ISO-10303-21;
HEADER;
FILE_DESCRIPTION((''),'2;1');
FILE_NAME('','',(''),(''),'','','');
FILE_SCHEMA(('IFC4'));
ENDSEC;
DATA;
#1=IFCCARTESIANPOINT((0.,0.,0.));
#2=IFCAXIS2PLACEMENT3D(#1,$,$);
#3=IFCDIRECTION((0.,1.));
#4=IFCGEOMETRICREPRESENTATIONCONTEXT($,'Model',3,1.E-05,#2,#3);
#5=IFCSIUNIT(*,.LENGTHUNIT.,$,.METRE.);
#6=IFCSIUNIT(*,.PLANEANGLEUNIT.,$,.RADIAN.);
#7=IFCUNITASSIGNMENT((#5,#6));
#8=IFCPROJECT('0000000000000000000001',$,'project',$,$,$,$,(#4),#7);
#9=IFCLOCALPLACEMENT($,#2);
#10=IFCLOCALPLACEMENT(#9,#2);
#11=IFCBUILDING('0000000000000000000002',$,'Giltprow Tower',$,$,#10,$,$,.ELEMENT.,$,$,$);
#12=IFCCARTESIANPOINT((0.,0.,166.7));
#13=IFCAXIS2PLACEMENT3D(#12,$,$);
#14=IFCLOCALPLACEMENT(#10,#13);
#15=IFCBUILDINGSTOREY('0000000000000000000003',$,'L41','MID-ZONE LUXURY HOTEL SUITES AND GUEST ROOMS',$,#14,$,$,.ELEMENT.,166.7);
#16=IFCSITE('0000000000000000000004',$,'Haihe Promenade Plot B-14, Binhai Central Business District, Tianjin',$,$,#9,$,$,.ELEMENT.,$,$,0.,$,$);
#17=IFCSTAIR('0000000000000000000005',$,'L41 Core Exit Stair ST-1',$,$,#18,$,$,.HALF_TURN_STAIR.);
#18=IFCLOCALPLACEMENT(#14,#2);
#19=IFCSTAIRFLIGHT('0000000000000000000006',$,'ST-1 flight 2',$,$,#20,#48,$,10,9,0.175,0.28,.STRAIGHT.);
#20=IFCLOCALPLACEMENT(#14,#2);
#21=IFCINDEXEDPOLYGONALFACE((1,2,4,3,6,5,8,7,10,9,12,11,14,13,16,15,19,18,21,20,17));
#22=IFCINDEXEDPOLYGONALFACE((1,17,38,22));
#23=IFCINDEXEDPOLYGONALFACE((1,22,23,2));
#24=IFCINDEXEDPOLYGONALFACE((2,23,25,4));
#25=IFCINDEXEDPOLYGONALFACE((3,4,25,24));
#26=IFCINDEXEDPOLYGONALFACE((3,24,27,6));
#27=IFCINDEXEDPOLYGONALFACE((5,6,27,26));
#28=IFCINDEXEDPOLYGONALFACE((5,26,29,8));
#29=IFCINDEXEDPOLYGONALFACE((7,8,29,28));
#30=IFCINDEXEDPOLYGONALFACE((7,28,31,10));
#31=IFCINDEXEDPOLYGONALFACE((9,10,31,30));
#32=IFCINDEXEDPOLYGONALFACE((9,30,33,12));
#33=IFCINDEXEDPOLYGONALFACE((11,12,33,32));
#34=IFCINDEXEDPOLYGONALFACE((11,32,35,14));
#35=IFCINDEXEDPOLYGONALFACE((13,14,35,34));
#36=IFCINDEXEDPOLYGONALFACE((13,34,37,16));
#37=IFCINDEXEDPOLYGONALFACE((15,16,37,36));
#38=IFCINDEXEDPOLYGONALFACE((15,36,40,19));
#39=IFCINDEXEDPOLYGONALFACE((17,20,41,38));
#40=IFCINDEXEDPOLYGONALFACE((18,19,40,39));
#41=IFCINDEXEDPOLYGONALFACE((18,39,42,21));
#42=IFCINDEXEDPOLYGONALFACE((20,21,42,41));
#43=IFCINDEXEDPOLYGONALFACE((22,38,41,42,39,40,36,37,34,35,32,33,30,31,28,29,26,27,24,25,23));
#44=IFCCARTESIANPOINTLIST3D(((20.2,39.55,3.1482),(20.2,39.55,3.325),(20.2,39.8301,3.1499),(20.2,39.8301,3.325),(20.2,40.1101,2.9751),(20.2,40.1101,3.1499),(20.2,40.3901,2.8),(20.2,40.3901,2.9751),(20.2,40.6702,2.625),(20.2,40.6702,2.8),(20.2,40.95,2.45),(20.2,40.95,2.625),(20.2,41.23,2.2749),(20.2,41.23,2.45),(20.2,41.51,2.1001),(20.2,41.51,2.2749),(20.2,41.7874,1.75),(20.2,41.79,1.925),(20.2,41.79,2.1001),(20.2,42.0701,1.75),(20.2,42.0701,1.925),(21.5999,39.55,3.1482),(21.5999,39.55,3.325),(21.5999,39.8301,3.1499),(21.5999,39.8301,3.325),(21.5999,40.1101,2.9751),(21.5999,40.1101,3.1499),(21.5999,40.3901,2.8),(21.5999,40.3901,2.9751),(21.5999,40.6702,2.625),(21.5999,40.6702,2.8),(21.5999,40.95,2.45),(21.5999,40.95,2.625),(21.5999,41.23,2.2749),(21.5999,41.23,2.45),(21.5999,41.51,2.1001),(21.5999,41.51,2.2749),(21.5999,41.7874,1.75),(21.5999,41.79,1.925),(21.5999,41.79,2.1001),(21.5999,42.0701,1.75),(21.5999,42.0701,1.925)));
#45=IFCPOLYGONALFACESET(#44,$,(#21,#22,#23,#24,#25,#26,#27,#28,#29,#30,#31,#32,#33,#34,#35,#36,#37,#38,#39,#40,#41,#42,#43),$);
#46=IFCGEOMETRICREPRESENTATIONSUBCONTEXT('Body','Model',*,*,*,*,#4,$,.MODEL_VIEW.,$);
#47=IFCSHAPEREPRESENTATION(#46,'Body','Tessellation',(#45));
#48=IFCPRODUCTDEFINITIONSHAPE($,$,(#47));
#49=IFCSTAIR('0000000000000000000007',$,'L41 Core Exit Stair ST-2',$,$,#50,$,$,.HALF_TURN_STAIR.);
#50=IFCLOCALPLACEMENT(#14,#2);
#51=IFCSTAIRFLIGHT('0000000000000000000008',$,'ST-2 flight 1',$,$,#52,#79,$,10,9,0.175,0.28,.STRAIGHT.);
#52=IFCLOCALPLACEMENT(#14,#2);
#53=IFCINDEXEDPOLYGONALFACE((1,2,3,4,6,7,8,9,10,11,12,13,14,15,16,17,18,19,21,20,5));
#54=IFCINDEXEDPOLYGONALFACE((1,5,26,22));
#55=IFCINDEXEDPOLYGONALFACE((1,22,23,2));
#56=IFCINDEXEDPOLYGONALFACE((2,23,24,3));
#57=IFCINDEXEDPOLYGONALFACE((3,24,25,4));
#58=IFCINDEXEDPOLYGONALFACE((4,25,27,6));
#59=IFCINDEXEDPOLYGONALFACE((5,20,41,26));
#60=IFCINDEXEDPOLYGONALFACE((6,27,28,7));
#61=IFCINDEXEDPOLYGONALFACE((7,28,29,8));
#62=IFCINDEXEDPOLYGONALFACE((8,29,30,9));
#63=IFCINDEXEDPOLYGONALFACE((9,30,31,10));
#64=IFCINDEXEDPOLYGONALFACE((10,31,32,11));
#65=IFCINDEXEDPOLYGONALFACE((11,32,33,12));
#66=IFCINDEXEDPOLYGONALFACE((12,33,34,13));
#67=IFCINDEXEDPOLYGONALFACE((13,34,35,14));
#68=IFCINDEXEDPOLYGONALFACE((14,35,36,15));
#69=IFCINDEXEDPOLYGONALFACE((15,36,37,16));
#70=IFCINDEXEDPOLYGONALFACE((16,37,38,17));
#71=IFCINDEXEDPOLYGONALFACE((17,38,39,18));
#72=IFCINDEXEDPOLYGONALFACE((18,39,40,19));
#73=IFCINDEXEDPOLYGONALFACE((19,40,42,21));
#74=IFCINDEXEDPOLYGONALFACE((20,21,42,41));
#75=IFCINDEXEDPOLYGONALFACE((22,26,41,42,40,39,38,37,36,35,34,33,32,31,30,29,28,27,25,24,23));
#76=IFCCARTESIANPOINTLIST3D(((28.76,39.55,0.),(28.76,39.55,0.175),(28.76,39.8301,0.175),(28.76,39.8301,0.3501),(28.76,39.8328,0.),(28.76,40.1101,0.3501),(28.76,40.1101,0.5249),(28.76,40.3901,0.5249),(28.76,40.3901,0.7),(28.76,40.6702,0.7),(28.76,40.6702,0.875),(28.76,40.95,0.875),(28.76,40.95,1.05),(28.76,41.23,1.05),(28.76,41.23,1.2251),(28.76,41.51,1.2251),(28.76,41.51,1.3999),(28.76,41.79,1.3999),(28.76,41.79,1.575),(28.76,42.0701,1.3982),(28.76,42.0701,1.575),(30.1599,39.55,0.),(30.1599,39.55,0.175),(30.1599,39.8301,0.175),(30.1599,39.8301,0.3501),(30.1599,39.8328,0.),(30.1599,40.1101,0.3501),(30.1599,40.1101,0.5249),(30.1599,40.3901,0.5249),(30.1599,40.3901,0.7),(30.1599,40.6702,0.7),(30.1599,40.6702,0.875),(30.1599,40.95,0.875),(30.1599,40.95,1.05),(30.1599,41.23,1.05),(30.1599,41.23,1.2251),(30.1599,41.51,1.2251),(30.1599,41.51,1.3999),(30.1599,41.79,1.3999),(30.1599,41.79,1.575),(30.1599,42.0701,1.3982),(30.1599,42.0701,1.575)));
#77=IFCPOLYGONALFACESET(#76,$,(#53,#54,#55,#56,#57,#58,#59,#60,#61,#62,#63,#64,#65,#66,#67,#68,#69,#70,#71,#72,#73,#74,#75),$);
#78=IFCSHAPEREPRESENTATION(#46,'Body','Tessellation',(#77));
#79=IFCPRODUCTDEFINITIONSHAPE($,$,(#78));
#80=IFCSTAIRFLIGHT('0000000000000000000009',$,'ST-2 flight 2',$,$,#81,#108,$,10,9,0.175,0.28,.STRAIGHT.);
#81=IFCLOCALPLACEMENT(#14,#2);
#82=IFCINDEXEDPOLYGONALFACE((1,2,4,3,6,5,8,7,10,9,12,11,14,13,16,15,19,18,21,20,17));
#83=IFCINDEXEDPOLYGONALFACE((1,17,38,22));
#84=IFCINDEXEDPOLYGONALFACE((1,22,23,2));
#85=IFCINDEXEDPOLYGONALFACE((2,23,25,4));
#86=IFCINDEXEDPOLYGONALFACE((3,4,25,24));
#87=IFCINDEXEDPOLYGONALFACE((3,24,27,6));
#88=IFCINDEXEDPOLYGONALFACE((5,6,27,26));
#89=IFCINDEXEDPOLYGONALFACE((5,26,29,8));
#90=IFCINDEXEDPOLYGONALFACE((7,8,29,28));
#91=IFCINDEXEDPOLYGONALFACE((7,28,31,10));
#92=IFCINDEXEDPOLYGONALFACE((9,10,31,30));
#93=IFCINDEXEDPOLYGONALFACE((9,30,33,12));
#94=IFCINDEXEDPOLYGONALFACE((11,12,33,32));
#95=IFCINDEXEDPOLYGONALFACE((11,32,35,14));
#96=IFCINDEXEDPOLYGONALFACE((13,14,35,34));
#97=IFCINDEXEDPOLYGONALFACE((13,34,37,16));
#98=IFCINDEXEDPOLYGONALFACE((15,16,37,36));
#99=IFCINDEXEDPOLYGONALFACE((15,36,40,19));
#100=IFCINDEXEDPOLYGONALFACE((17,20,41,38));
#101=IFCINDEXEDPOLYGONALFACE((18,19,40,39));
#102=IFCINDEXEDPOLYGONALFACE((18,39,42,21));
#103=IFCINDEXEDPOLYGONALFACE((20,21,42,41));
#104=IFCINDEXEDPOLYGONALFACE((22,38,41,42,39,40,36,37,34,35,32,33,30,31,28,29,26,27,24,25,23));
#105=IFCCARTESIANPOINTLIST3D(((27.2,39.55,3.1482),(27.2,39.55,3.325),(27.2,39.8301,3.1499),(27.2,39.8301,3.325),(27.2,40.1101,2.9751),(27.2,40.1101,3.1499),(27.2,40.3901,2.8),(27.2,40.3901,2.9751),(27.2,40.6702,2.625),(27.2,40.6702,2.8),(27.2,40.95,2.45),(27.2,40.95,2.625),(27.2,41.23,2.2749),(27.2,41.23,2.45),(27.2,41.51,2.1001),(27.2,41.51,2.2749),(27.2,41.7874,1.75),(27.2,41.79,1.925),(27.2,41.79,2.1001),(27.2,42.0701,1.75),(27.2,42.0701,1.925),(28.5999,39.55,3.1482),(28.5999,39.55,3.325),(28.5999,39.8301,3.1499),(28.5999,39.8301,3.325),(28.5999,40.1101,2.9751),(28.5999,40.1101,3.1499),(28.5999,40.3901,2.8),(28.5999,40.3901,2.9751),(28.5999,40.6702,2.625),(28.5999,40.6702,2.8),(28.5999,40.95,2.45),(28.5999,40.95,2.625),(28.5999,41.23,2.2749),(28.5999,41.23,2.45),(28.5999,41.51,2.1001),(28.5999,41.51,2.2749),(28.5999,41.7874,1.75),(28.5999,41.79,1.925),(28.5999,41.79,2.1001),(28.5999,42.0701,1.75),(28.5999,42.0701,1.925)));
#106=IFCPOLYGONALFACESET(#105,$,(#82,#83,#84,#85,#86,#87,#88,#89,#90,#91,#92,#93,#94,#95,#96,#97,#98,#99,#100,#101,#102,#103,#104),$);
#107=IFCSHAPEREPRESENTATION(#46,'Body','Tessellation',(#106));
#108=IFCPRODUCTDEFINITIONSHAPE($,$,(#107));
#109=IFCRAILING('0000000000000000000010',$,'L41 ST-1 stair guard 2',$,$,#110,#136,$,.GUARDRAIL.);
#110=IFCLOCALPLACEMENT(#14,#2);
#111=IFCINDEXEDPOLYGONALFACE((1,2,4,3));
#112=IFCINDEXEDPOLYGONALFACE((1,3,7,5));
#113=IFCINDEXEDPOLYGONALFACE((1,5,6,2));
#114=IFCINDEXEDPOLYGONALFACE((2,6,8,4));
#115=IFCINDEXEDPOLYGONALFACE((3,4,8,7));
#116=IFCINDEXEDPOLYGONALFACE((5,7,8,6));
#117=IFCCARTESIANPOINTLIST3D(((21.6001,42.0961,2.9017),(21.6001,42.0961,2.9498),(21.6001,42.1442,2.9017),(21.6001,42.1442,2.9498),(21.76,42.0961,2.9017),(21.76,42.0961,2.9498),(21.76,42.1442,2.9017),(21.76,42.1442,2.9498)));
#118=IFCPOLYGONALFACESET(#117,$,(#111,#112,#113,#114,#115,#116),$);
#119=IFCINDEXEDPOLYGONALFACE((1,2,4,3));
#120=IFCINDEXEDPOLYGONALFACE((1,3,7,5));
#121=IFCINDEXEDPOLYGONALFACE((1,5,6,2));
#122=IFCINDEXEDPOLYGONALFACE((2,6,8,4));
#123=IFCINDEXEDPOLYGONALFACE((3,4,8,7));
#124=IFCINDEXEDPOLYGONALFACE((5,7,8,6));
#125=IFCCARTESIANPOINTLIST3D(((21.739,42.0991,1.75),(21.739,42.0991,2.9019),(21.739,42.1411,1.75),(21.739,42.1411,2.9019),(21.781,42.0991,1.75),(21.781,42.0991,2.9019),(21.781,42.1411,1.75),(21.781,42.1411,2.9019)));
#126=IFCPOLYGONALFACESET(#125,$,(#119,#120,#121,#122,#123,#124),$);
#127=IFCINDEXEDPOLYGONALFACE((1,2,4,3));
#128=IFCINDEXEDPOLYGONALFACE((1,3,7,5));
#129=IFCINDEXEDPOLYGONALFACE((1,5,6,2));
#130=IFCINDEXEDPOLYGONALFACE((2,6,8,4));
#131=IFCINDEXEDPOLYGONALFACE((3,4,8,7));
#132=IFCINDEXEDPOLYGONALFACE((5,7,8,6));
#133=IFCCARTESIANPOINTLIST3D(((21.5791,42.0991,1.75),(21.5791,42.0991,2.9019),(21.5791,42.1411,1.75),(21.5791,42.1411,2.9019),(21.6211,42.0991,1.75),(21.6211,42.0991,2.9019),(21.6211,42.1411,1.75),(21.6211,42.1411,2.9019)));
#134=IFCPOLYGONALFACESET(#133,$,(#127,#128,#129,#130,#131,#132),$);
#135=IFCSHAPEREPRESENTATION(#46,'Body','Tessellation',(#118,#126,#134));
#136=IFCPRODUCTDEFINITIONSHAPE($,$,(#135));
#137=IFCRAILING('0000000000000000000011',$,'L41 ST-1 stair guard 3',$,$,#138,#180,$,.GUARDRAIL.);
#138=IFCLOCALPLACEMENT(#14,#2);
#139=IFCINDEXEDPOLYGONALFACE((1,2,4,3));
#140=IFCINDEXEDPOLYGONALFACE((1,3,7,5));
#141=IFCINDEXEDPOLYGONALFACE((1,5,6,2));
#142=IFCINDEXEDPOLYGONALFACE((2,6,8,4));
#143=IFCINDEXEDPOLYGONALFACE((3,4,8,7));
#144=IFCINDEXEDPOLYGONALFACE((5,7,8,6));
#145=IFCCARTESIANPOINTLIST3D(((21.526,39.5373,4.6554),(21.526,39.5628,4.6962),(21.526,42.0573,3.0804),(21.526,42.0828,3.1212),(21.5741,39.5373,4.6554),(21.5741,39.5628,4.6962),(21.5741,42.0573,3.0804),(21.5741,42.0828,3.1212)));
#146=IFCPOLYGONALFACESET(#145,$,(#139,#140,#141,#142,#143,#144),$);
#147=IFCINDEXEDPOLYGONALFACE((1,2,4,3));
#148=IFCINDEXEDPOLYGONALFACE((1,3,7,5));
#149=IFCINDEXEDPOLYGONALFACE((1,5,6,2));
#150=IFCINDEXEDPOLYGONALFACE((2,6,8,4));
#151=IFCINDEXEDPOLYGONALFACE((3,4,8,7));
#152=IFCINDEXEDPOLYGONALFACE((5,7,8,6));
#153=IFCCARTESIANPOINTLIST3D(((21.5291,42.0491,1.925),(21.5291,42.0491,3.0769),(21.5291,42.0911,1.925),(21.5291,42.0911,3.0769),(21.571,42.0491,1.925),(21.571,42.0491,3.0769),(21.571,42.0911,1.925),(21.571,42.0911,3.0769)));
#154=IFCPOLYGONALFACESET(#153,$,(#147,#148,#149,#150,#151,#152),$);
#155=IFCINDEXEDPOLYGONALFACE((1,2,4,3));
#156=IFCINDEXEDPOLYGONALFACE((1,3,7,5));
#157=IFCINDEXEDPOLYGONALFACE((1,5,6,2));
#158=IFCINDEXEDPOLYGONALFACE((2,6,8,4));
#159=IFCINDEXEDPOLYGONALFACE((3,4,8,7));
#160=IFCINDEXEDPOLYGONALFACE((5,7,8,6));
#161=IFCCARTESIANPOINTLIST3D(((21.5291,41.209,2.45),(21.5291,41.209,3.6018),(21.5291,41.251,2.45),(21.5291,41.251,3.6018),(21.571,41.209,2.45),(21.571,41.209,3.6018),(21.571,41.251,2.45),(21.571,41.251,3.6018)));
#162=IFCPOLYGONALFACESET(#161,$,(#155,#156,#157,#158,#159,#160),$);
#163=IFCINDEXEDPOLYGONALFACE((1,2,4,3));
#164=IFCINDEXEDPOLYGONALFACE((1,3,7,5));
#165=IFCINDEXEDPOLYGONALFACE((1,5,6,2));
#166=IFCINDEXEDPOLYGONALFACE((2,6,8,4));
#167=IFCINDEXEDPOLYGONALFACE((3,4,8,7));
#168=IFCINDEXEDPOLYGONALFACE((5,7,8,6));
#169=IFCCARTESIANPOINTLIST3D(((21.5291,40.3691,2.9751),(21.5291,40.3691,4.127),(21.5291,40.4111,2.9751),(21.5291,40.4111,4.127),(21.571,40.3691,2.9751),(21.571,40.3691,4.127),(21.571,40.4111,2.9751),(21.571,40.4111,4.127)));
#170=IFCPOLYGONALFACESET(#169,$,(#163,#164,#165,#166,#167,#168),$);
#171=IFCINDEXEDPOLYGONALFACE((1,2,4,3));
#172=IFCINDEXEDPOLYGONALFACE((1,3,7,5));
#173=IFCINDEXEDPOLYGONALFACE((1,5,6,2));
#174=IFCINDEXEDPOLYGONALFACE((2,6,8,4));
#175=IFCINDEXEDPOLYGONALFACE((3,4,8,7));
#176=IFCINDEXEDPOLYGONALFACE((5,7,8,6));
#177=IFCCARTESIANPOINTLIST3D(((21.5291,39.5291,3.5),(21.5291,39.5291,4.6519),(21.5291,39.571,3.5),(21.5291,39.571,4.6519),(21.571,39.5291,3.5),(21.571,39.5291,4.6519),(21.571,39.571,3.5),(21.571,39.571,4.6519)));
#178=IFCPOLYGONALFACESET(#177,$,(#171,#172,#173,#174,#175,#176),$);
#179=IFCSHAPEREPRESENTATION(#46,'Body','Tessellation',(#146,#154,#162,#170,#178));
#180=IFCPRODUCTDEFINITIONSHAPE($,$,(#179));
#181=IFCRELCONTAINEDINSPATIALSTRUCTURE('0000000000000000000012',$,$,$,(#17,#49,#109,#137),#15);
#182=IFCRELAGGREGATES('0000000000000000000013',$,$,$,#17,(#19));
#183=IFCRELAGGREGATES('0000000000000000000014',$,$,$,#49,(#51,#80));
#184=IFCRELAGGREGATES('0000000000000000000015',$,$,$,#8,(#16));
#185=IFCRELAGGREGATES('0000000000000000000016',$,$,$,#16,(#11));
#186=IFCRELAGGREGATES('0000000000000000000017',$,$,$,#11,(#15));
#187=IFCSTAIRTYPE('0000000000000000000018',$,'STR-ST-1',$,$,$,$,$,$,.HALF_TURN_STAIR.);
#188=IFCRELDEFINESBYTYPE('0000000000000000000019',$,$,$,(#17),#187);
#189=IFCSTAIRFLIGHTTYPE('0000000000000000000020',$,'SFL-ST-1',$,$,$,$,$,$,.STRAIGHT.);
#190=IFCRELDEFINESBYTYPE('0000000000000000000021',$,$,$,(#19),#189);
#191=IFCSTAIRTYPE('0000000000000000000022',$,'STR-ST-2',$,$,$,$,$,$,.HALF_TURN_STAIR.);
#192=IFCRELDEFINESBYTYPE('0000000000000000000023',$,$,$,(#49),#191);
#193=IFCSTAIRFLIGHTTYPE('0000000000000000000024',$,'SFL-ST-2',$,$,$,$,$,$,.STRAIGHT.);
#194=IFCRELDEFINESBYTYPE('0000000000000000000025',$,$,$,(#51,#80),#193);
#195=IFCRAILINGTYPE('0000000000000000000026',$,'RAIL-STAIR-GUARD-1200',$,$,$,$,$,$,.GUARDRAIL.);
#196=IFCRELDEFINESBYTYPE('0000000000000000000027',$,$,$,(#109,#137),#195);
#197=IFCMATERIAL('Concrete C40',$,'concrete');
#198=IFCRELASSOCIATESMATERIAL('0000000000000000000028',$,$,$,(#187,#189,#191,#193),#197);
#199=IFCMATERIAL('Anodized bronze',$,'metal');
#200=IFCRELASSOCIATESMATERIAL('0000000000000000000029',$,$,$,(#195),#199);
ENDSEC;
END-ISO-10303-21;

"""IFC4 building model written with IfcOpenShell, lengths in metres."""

from ifc_helpers import new_model, si_unit, direction, frame, origin, origin_2d, place, context, subcontext, project, spatial, polyline, rectangle, outline, extrude, material, type_object, element, aggregate, save


model = new_model("IFC4")

# Units and contexts
model_context = context("Model", 3, precision=1e-05, world=origin(), true_north=direction((0.0, 1.0)))
body_context = subcontext(model_context, "Body", "Model", "MODEL_VIEW")
ifc_project = project(units=[si_unit("LENGTHUNIT", "METRE"), si_unit("PLANEANGLEUNIT", "RADIAN")], contexts=[model_context])

# Site, building, storey
site_placement = place(None, origin())
site = spatial("IfcSite", under=ifc_project, at=site_placement, Name="Haihe Promenade Plot B-14, Binhai Central Business District, Tianjin", CompositionType="ELEMENT", RefElevation=0.0)
building_placement = place(site_placement, origin())
building = spatial("IfcBuilding", under=site, at=building_placement, Name="Giltprow Tower", CompositionType="ELEMENT")
storey_placement = place(building_placement, frame((0.0, 0.0, 166.7)))
storey = spatial("IfcBuildingStorey", under=building, at=storey_placement, Name="L41", Description="MID-ZONE LUXURY HOTEL SUITES AND GUEST ROOMS", CompositionType="ELEMENT", Elevation=166.7)

# Shared definitions
ifc_material_1 = material(Name="Concrete C40", Category="concrete")

# Stair, stair flight
stair_type_1 = type_object("IfcStairType", Name="STR-ST-1", PredefinedType="HALF_TURN_STAIR", material=ifc_material_1)
stair_1_placement = place(storey_placement, origin())
stair_1 = element("IfcStair", 1, at=stair_1_placement, inside=storey, type_object=stair_type_1, Name="L41 Core Exit Stair ST-1", PredefinedType="HALF_TURN_STAIR")
stair_flight_type_1 = type_object("IfcStairFlightType", Name="SFL-ST-1", PredefinedType="STRAIGHT", material=ifc_material_1)
stair_flight_1_placement = place(storey_placement, frame((20.8999, 42.0701, 1.75), z_axis=(0.0, 0.0, 1.0), x_axis=(0.0, -1.0, 0.0)))
stair_flight_1 = element("IfcStairFlight", 2, at=stair_flight_1_placement, type_object=stair_flight_type_1, Name="ST-1 flight 2", NumberOfRisers=10, NumberOfTreads=9, PredefinedType="STRAIGHT", RiserHeight=0.175, TreadLength=0.28, context=body_context, shape_type="SweptSolid", body=[
    extrude(outline(polyline([(0.0, 0.0), (0.0, 0.175), (0.28, 0.175), (0.28, 0.3501), (0.5601, 0.3501), (0.5601, 0.5249), (0.8401, 0.5249), (0.8401, 0.7), (1.1201, 0.7), (1.1201, 0.875), (1.3999, 0.875), (1.3999, 1.05), (1.6799, 1.05), (1.6799, 1.2251), (1.96, 1.2251), (1.96, 1.3999), (2.24, 1.3999), (2.24, 1.575), (2.52, 1.575), (2.52, 1.75), (2.52, 1.3982), (0.2827, 0.0), (0.0, 0.0)])), frame((0.0, 0.7, 0.0), z_axis=(0.0, -1.0, 0.0), x_axis=(1.0, 0.0, 0.0)), (0.0, 0.0, 1.0), 1.3999),
])
aggregate(stair_1, [stair_flight_1])

# Stair, stair flights
stair_type_2 = type_object("IfcStairType", Name="STR-ST-2", PredefinedType="HALF_TURN_STAIR", material=ifc_material_1)
stair_2_placement = place(storey_placement, origin())
stair_2 = element("IfcStair", 3, at=stair_2_placement, inside=storey, type_object=stair_type_2, Name="L41 Core Exit Stair ST-2", PredefinedType="HALF_TURN_STAIR")
stair_flight_type_2 = type_object("IfcStairFlightType", Name="SFL-ST-2", PredefinedType="STRAIGHT", material=ifc_material_1)
stair_flight_2_placement = place(storey_placement, frame((29.46, 39.55, 0.0), z_axis=(0.0, 0.0, 1.0), x_axis=(0.0, 1.0, 0.0)))
stair_flight_2 = element("IfcStairFlight", 4, at=stair_flight_2_placement, type_object=stair_flight_type_2, Name="ST-2 flight 1", NumberOfRisers=10, NumberOfTreads=9, PredefinedType="STRAIGHT", RiserHeight=0.175, TreadLength=0.28, context=body_context, shape_type="SweptSolid", body=[
    extrude(outline(polyline([(0.0, 0.0), (0.0, 0.175), (0.28, 0.175), (0.28, 0.3501), (0.5601, 0.3501), (0.5601, 0.5249), (0.8401, 0.5249), (0.8401, 0.7), (1.1201, 0.7), (1.1201, 0.875), (1.3999, 0.875), (1.3999, 1.05), (1.6799, 1.05), (1.6799, 1.2251), (1.96, 1.2251), (1.96, 1.3999), (2.24, 1.3999), (2.24, 1.575), (2.52, 1.575), (2.52, 1.75), (2.52, 1.3982), (0.2827, 0.0), (0.0, 0.0)])), frame((0.0, 0.7, 0.0), z_axis=(0.0, -1.0, 0.0), x_axis=(1.0, 0.0, 0.0)), (0.0, 0.0, 1.0), 1.3999),
])
stair_flight_3_placement = place(storey_placement, frame((27.8999, 42.0701, 1.75), z_axis=(0.0, 0.0, 1.0), x_axis=(0.0, -1.0, 0.0)))
stair_flight_3 = element("IfcStairFlight", 5, at=stair_flight_3_placement, type_object=stair_flight_type_2, Name="ST-2 flight 2", NumberOfRisers=10, NumberOfTreads=9, PredefinedType="STRAIGHT", RiserHeight=0.175, TreadLength=0.28, context=body_context, shape_type="SweptSolid", body=[
    extrude(outline(polyline([(0.0, 0.0), (0.0, 0.175), (0.28, 0.175), (0.28, 0.3501), (0.5601, 0.3501), (0.5601, 0.5249), (0.8401, 0.5249), (0.8401, 0.7), (1.1201, 0.7), (1.1201, 0.875), (1.3999, 0.875), (1.3999, 1.05), (1.6799, 1.05), (1.6799, 1.2251), (1.96, 1.2251), (1.96, 1.3999), (2.24, 1.3999), (2.24, 1.575), (2.52, 1.575), (2.52, 1.75), (2.52, 1.3982), (0.2827, 0.0), (0.0, 0.0)])), frame((0.0, 0.7, 0.0), z_axis=(0.0, -1.0, 0.0), x_axis=(1.0, 0.0, 0.0)), (0.0, 0.0, 1.0), 1.3999),
])
aggregate(stair_2, [stair_flight_2, stair_flight_3])

# Railings
ifc_material_2 = material(Name="Anodized bronze", Category="metal")
railing_type_1 = type_object("IfcRailingType", Name="RAIL-STAIR-GUARD-1200", PredefinedType="GUARDRAIL", material=ifc_material_2)
railing_1_placement = place(storey_placement, frame((21.76, 42.1201, 1.75)))
element("IfcRailing", 6, at=railing_1_placement, inside=storey, type_object=railing_type_1, Name="L41 ST-1 stair guard 2", PredefinedType="GUARDRAIL", context=body_context, shape_type="SweptSolid", body=[
    extrude(rectangle(XDim=0.0481, YDim=0.0481, at=origin_2d()), frame((0.0, 0.0, 1.1758), z_axis=(-1.0, 0.0, 0.0), x_axis=(0.0, -1.0, 0.0)), (0.0, 0.0, 1.0), 0.1599),
    extrude(rectangle(XDim=0.042, YDim=0.042, at=origin_2d()), origin(), (0.0, 0.0, 1.0), 1.1519),
    extrude(rectangle(XDim=0.042, YDim=0.042, at=origin_2d()), frame((-0.1599, 0.0, 0.0)), (0.0, 0.0, 1.0), 1.1519),
])
railing_2_placement = place(storey_placement, frame((21.55, 42.0701, 1.925)))
element("IfcRailing", 7, at=railing_2_placement, inside=storey, type_object=railing_type_1, Name="L41 ST-1 stair guard 3", PredefinedType="GUARDRAIL", context=body_context, shape_type="SweptSolid", body=[
    extrude(rectangle(XDim=0.0481, YDim=0.0481, at=origin_2d()), frame((0.0, 0.0, 1.1758), z_axis=(0.0, -0.848008, 0.529984), x_axis=(1.0, 0.0, 0.0)), (0.0, 0.0, 1.0), 2.9717),
    extrude(rectangle(XDim=0.042, YDim=0.042, at=origin_2d()), origin(), (0.0, 0.0, 1.0), 1.1519),
    extrude(rectangle(XDim=0.042, YDim=0.042, at=origin_2d()), frame((0.0, -0.8401, 0.5249)), (0.0, 0.0, 1.0), 1.1519),
    extrude(rectangle(XDim=0.042, YDim=0.042, at=origin_2d()), frame((0.0, -1.6799, 1.05)), (0.0, 0.0, 1.0), 1.1519),
    extrude(rectangle(XDim=0.042, YDim=0.042, at=origin_2d()), frame((0.0, -2.52, 1.575)), (0.0, 0.0, 1.0), 1.1519),
])

save(model, "model.ifc")
